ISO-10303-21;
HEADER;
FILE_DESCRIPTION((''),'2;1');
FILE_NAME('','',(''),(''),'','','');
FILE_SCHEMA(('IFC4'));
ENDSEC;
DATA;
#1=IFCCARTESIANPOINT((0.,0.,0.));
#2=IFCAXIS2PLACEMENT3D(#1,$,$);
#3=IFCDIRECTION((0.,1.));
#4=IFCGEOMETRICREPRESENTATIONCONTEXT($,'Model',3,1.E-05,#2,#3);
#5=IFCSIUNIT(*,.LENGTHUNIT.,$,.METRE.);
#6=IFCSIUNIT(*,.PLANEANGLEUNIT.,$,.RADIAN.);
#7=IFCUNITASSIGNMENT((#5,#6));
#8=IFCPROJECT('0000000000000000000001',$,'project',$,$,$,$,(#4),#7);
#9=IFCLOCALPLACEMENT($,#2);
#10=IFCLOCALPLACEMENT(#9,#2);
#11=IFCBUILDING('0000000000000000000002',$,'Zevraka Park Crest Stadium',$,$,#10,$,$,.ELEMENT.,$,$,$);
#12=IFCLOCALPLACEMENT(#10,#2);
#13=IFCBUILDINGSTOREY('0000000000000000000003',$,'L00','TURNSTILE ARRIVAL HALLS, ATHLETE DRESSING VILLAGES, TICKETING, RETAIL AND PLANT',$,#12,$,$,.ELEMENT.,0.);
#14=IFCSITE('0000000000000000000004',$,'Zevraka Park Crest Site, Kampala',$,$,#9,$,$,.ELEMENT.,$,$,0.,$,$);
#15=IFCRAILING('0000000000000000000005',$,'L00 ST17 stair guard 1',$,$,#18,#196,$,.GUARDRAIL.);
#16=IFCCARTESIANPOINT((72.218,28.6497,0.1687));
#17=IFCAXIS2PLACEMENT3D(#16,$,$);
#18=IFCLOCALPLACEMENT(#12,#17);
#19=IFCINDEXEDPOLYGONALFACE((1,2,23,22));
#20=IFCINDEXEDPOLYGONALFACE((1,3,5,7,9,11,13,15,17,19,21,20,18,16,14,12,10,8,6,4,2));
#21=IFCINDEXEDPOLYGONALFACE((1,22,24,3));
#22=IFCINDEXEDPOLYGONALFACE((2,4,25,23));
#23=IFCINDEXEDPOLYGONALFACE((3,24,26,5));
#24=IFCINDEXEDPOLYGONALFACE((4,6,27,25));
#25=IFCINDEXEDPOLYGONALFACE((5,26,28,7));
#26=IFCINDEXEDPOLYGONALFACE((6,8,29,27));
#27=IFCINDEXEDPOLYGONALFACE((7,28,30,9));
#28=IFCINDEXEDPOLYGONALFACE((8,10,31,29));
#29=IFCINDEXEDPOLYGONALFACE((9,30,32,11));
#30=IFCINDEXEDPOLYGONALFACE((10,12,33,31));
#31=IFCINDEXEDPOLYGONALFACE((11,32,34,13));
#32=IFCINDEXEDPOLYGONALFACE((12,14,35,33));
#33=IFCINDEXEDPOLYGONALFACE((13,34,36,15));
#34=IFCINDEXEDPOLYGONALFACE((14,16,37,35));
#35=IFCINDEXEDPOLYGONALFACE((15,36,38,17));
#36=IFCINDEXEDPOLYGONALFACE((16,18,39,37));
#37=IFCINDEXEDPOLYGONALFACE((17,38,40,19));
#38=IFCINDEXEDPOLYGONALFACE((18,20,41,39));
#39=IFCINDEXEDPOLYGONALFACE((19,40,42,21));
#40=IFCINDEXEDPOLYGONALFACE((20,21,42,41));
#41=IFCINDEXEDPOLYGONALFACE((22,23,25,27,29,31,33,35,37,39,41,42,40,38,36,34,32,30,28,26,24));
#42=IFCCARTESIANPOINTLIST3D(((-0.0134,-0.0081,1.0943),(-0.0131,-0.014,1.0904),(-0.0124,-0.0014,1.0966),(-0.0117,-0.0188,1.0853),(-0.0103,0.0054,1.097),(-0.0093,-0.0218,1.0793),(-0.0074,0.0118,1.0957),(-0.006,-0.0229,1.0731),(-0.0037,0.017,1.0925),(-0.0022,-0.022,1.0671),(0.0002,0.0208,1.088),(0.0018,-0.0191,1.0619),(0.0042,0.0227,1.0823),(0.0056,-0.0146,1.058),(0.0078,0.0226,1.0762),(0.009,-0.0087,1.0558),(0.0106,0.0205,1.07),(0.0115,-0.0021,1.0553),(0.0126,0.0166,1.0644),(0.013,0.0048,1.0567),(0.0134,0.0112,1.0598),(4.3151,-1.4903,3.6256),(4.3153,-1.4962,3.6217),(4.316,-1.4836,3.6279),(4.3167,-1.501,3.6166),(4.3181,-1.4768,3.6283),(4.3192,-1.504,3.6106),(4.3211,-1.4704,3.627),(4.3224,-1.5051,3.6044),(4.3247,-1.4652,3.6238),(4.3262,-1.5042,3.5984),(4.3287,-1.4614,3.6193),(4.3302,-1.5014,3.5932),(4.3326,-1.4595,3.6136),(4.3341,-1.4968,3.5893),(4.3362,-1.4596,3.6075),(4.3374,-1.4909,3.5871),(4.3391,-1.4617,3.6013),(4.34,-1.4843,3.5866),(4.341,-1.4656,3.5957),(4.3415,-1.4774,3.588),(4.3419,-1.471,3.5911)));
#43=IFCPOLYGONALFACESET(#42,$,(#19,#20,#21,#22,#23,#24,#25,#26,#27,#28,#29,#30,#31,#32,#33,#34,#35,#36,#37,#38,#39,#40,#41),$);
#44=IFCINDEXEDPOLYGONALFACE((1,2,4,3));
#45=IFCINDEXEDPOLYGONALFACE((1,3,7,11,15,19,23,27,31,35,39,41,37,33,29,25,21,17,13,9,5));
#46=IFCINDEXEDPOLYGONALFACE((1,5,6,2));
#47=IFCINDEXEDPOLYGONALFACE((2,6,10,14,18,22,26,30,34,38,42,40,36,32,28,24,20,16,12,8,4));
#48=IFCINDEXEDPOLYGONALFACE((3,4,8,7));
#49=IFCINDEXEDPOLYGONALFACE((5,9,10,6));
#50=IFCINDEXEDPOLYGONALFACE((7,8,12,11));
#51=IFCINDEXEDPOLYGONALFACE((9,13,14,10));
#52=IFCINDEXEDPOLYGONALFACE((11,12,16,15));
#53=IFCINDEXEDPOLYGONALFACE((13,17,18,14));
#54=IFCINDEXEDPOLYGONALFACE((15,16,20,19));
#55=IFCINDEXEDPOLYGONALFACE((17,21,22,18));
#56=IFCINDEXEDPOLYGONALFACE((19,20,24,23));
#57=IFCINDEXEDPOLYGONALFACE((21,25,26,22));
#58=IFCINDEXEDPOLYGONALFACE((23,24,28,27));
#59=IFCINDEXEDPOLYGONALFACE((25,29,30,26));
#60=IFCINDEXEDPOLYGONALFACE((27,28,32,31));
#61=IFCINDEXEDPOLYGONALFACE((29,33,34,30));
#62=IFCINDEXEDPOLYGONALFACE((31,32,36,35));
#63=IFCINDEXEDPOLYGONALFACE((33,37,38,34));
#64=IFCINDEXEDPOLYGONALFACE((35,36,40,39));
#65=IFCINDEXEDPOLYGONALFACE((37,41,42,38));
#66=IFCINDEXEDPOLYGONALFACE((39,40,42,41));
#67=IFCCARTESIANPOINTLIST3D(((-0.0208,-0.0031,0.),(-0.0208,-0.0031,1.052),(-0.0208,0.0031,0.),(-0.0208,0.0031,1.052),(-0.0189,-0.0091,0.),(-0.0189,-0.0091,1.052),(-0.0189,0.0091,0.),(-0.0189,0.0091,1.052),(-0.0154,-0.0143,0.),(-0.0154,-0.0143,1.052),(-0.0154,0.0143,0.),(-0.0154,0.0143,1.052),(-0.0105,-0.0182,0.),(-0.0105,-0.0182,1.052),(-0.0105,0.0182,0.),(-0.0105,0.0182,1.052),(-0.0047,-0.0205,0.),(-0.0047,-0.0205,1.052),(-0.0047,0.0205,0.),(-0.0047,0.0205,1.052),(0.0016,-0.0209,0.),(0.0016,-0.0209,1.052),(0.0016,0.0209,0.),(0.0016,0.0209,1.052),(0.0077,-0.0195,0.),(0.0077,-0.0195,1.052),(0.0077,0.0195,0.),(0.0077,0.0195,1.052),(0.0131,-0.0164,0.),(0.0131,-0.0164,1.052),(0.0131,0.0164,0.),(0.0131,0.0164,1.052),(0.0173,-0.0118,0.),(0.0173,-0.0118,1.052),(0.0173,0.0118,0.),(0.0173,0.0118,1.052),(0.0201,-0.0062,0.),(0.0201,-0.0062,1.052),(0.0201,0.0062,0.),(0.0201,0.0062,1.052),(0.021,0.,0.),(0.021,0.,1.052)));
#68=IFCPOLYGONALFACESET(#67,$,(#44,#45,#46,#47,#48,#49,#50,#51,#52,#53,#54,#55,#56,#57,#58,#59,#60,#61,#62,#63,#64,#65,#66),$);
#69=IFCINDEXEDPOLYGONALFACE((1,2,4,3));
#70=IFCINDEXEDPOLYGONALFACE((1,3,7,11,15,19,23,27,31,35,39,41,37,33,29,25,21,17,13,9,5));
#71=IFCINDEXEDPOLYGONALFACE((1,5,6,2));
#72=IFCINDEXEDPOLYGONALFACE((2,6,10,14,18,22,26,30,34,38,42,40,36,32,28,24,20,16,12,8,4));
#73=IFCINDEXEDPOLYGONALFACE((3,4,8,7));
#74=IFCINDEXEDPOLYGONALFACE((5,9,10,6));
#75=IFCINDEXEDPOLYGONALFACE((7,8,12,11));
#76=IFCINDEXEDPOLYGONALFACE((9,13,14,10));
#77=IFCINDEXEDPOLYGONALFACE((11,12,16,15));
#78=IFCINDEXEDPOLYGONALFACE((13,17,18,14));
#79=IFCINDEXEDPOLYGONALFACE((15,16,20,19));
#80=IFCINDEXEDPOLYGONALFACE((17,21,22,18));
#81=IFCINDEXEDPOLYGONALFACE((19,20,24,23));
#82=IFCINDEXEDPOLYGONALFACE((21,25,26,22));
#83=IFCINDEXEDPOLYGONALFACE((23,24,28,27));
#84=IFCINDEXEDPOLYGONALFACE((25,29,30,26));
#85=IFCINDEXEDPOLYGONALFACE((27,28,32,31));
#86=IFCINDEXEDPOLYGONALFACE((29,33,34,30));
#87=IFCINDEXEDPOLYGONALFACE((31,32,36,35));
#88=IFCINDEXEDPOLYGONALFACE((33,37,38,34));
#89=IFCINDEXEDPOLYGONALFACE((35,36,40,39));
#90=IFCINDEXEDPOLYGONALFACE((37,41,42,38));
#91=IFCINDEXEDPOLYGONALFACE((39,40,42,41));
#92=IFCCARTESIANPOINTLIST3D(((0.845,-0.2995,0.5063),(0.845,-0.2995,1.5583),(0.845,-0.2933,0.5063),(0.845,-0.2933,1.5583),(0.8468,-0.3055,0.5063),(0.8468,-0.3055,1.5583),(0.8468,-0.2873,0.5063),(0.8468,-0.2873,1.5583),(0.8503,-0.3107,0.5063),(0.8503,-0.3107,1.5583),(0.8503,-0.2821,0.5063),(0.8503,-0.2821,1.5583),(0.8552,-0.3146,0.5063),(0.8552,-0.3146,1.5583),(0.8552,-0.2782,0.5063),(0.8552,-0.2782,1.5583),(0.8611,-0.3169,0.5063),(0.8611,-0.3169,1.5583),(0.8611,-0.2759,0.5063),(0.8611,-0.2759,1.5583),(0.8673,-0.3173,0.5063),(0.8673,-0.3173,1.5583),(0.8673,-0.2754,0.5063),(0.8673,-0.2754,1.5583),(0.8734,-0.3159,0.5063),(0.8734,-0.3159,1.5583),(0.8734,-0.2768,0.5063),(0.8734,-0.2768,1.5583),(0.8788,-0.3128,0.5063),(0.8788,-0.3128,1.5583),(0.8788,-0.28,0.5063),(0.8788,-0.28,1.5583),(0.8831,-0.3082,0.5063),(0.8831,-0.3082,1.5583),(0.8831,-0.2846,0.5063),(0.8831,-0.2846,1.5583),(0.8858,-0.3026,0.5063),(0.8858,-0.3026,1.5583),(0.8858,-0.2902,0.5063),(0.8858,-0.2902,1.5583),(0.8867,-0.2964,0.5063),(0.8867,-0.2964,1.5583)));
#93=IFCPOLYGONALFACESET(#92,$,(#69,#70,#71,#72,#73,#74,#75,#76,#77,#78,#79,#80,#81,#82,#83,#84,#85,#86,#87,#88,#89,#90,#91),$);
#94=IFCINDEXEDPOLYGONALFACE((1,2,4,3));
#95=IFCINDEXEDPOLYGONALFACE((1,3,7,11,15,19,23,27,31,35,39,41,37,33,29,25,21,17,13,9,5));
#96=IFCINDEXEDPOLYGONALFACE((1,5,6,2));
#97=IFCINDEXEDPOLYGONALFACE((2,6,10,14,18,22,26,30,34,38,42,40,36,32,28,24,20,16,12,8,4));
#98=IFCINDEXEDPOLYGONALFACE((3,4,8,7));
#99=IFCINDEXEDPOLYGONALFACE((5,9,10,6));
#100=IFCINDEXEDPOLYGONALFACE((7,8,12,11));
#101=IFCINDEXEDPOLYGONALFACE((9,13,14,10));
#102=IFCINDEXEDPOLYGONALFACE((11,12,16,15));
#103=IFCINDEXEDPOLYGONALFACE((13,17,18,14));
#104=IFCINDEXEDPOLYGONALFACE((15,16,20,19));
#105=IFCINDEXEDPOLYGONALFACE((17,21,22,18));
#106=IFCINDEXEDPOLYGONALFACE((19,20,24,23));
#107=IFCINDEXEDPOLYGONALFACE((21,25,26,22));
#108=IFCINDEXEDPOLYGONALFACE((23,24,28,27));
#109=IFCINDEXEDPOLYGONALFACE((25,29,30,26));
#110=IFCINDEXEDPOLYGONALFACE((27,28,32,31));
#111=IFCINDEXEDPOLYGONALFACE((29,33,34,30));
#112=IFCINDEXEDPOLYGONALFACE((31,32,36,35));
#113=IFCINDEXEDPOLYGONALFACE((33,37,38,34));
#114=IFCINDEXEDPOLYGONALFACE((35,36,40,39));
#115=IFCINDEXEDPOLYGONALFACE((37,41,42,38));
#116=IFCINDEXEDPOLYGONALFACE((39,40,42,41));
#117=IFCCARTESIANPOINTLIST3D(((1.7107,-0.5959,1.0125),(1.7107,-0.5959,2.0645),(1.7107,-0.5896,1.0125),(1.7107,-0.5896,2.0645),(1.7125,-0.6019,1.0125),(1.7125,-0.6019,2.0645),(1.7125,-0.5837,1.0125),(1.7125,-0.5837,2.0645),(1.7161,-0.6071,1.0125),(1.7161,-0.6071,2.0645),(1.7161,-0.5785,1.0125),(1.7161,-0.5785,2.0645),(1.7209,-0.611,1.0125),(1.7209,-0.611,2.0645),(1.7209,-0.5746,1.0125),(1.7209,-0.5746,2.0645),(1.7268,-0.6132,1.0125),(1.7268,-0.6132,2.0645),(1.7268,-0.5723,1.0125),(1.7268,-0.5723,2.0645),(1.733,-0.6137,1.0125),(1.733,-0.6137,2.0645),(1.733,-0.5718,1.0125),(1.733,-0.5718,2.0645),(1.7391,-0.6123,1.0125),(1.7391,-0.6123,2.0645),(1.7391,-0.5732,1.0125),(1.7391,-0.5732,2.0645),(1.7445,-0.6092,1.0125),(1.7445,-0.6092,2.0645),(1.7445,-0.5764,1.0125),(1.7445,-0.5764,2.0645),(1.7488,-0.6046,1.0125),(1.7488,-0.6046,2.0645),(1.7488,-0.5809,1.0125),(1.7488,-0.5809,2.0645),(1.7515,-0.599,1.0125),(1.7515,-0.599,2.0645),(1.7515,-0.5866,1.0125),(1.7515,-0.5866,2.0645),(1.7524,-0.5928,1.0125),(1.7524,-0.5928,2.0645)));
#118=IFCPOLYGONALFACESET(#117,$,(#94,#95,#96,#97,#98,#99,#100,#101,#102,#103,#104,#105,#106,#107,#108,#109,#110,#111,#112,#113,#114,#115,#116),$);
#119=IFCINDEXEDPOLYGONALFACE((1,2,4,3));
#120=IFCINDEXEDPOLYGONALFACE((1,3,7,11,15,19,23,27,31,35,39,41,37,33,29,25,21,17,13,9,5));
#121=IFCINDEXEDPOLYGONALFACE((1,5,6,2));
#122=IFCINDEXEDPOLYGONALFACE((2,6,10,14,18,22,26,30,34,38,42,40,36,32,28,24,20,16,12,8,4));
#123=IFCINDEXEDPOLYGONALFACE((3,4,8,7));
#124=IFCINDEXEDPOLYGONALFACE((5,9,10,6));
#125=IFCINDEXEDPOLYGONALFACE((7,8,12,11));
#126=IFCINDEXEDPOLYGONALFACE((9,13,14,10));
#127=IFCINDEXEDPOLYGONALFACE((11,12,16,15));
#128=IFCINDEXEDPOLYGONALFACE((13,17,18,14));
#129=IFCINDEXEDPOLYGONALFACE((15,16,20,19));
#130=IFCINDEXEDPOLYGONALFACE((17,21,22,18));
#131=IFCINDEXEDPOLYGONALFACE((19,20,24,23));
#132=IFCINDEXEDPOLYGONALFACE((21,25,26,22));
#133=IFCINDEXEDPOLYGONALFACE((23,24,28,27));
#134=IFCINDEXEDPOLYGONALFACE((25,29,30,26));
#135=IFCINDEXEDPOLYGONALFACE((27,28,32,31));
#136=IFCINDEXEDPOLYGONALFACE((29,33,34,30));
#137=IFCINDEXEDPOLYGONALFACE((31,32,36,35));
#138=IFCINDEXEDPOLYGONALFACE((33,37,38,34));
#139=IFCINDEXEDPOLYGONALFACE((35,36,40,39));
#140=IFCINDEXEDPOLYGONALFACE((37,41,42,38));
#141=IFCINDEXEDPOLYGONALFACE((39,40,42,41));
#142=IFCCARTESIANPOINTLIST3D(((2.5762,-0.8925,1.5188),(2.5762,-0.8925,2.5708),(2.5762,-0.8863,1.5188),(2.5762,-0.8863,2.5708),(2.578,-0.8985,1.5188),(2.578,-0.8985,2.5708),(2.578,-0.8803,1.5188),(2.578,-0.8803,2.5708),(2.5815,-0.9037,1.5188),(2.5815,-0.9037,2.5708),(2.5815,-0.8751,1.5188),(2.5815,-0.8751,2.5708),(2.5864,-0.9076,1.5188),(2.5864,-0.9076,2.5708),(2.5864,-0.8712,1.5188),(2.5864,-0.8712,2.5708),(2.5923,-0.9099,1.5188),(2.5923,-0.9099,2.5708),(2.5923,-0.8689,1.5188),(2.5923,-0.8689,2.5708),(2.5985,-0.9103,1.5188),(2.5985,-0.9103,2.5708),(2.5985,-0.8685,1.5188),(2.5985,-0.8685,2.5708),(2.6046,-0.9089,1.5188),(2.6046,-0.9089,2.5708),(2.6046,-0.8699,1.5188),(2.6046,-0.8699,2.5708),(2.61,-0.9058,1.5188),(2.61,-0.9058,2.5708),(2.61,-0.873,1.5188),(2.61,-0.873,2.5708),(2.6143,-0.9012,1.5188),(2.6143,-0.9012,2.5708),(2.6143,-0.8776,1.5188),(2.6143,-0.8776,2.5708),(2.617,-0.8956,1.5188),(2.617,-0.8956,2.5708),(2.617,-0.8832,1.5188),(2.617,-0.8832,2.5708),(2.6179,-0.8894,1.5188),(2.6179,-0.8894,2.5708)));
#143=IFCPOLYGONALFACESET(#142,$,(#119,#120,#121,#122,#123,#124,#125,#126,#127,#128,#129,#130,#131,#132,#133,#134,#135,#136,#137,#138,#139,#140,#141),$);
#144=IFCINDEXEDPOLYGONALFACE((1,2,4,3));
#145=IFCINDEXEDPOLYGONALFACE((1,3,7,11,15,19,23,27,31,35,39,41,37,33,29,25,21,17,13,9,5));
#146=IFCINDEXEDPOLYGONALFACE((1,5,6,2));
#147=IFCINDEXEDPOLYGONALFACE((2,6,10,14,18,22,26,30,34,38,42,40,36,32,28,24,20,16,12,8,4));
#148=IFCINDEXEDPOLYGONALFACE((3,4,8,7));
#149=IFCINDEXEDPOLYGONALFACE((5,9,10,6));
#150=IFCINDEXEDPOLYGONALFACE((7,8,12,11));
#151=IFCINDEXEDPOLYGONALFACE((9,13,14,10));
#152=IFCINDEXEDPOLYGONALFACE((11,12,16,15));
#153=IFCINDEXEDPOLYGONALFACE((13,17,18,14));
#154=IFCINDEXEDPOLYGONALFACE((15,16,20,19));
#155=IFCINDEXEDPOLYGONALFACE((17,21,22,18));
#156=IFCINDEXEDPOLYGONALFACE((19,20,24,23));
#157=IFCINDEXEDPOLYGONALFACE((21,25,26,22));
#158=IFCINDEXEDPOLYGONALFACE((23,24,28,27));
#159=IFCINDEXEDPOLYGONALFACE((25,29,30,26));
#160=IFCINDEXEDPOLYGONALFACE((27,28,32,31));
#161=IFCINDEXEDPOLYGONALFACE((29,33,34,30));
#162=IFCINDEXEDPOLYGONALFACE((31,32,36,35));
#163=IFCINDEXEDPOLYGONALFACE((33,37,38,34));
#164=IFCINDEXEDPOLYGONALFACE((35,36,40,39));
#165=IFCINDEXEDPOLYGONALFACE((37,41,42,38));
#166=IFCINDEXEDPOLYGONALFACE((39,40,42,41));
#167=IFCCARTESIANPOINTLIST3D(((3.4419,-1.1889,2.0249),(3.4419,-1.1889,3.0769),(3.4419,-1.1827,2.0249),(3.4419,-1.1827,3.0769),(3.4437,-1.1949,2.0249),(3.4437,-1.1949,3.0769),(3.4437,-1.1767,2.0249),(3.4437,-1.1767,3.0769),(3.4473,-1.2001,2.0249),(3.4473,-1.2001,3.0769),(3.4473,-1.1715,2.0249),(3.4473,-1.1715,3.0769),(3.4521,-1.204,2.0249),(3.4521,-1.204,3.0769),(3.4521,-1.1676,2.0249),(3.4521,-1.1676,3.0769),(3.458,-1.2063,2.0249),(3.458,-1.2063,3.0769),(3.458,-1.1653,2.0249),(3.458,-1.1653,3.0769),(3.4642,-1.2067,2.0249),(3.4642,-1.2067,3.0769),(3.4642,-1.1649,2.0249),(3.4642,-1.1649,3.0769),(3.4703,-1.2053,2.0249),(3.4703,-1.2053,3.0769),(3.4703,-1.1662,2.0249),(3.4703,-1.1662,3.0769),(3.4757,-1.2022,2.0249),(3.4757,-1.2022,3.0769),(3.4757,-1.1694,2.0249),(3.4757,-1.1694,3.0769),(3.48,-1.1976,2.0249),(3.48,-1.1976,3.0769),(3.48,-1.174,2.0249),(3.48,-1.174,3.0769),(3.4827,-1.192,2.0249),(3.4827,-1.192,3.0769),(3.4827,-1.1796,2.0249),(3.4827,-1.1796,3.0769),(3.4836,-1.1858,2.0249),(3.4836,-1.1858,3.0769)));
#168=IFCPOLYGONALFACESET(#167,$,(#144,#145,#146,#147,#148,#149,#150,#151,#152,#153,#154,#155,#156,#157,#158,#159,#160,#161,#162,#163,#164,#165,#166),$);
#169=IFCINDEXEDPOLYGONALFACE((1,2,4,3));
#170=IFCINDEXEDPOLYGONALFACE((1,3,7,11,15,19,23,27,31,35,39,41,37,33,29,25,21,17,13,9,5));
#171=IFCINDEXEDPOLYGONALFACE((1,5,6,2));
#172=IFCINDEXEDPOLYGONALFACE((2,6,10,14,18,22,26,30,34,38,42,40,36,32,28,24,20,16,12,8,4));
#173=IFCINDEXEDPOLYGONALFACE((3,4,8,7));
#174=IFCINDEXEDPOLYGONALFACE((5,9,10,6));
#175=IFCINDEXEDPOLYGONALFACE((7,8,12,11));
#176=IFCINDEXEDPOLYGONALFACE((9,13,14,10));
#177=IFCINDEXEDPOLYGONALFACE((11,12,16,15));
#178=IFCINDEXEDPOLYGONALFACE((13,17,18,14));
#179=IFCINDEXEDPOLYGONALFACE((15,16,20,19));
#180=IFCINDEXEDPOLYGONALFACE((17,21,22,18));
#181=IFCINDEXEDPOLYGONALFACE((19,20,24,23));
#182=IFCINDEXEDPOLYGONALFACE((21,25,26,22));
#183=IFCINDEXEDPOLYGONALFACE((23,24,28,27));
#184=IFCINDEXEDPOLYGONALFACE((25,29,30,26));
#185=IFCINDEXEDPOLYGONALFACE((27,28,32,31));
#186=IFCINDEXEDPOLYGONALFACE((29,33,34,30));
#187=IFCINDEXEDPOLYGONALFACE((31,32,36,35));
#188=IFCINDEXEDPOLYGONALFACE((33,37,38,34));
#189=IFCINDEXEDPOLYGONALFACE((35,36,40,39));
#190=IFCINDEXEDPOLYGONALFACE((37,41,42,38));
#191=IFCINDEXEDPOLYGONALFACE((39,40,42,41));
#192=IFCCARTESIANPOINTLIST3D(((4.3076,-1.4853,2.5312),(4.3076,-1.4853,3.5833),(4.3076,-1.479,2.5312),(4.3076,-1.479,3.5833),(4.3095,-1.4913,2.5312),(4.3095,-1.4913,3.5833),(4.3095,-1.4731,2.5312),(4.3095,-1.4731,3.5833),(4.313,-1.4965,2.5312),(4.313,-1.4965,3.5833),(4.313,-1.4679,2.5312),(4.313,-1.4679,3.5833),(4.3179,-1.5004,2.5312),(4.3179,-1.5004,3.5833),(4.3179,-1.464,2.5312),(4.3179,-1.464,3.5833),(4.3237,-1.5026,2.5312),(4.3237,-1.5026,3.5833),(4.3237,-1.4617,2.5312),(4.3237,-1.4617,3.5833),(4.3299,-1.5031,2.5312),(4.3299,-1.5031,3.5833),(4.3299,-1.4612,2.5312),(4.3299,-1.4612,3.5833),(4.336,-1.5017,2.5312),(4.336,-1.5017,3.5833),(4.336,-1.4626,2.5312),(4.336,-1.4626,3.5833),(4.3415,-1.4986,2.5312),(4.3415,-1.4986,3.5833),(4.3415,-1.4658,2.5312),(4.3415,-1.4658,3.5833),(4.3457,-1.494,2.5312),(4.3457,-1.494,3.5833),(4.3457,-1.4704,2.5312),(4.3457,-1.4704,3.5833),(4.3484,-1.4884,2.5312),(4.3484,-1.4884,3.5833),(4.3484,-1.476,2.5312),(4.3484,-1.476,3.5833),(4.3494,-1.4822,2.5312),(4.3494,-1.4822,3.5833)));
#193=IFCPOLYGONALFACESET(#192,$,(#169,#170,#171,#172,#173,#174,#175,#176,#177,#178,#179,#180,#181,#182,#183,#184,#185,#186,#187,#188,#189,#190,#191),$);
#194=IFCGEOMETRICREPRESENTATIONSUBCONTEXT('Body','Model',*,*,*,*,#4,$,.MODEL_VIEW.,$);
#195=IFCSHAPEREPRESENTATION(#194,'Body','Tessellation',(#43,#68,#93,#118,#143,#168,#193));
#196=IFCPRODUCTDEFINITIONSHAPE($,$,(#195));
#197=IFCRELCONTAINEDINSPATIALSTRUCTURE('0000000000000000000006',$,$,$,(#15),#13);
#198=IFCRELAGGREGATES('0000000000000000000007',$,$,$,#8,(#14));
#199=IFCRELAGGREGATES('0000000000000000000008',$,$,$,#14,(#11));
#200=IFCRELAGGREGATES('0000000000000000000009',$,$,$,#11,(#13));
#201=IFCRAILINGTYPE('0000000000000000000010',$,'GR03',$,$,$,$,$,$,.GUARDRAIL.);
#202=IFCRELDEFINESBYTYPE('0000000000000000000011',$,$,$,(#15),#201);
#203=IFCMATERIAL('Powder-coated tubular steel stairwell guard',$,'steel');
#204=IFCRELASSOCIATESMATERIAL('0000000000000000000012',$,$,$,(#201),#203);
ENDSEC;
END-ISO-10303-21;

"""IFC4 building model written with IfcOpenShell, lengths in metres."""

from ifc_helpers import new_model, si_unit, direction, frame, origin, origin_2d, place, context, subcontext, project, spatial, circle, extrude, material, type_object, element, save


model = new_model("IFC4")

# Units and contexts
model_context = context("Model", 3, precision=1e-05, world=origin(), true_north=direction((0.0, 1.0)))
body_context = subcontext(model_context, "Body", "Model", "MODEL_VIEW")
ifc_project = project(units=[si_unit("LENGTHUNIT", "METRE"), si_unit("PLANEANGLEUNIT", "RADIAN")], contexts=[model_context])

# Site, building, storey
site_placement = place(None, origin())
site = spatial("IfcSite", under=ifc_project, at=site_placement, Name="Zevraka Park Crest Site, Kampala", CompositionType="ELEMENT", RefElevation=0.0)
building_placement = place(site_placement, origin())
building = spatial("IfcBuilding", under=site, at=building_placement, Name="Zevraka Park Crest Stadium", CompositionType="ELEMENT")
storey_placement = place(building_placement, origin())
storey = spatial("IfcBuildingStorey", under=building, at=storey_placement, Name="L00", Description="TURNSTILE ARRIVAL HALLS, ATHLETE DRESSING VILLAGES, TICKETING, RETAIL AND PLANT", CompositionType="ELEMENT", Elevation=0.0)

# Railing
ifc_material_1 = material(Name="Powder-coated tubular steel stairwell guard", Category="steel")
railing_type_1 = type_object("IfcRailingType", Name="GR03", PredefinedType="GUARDRAIL", material=ifc_material_1)
railing_1_placement = place(storey_placement, frame((72.218, 28.6497, 0.1687)))
element("IfcRailing", 1, at=railing_1_placement, inside=storey, type_object=railing_type_1, Name="L00 ST17 stair guard 1", PredefinedType="GUARDRAIL", context=body_context, shape_type="SweptSolid", body=[
    extrude(circle(Radius=0.0239, at=origin_2d()), frame((0.0, 0.0, 1.0762), z_axis=(0.827817, -0.283472, 0.484111), x_axis=(0.323965, 0.946069, 0.0)), (0.0, 0.0, 1.0), 5.2288),
    extrude(circle(Radius=0.021, at=origin_2d()), origin(), (0.0, 0.0, 1.0), 1.052),
    extrude(circle(Radius=0.021, at=origin_2d()), frame((0.8657, -0.2964, 0.5063)), (0.0, 0.0, 1.0), 1.052),
    extrude(circle(Radius=0.021, at=origin_2d()), frame((1.7314, -0.5928, 1.0125)), (0.0, 0.0, 1.0), 1.052),
    extrude(circle(Radius=0.021, at=origin_2d()), frame((2.5969, -0.8894, 1.5188)), (0.0, 0.0, 1.0), 1.052),
    extrude(circle(Radius=0.021, at=origin_2d()), frame((3.4626, -1.1858, 2.0249)), (0.0, 0.0, 1.0), 1.052),
    extrude(circle(Radius=0.021, at=origin_2d()), frame((4.3284, -1.4822, 2.5312)), (0.0, 0.0, 1.0), 1.052),
])

save(model, "model.ifc")
